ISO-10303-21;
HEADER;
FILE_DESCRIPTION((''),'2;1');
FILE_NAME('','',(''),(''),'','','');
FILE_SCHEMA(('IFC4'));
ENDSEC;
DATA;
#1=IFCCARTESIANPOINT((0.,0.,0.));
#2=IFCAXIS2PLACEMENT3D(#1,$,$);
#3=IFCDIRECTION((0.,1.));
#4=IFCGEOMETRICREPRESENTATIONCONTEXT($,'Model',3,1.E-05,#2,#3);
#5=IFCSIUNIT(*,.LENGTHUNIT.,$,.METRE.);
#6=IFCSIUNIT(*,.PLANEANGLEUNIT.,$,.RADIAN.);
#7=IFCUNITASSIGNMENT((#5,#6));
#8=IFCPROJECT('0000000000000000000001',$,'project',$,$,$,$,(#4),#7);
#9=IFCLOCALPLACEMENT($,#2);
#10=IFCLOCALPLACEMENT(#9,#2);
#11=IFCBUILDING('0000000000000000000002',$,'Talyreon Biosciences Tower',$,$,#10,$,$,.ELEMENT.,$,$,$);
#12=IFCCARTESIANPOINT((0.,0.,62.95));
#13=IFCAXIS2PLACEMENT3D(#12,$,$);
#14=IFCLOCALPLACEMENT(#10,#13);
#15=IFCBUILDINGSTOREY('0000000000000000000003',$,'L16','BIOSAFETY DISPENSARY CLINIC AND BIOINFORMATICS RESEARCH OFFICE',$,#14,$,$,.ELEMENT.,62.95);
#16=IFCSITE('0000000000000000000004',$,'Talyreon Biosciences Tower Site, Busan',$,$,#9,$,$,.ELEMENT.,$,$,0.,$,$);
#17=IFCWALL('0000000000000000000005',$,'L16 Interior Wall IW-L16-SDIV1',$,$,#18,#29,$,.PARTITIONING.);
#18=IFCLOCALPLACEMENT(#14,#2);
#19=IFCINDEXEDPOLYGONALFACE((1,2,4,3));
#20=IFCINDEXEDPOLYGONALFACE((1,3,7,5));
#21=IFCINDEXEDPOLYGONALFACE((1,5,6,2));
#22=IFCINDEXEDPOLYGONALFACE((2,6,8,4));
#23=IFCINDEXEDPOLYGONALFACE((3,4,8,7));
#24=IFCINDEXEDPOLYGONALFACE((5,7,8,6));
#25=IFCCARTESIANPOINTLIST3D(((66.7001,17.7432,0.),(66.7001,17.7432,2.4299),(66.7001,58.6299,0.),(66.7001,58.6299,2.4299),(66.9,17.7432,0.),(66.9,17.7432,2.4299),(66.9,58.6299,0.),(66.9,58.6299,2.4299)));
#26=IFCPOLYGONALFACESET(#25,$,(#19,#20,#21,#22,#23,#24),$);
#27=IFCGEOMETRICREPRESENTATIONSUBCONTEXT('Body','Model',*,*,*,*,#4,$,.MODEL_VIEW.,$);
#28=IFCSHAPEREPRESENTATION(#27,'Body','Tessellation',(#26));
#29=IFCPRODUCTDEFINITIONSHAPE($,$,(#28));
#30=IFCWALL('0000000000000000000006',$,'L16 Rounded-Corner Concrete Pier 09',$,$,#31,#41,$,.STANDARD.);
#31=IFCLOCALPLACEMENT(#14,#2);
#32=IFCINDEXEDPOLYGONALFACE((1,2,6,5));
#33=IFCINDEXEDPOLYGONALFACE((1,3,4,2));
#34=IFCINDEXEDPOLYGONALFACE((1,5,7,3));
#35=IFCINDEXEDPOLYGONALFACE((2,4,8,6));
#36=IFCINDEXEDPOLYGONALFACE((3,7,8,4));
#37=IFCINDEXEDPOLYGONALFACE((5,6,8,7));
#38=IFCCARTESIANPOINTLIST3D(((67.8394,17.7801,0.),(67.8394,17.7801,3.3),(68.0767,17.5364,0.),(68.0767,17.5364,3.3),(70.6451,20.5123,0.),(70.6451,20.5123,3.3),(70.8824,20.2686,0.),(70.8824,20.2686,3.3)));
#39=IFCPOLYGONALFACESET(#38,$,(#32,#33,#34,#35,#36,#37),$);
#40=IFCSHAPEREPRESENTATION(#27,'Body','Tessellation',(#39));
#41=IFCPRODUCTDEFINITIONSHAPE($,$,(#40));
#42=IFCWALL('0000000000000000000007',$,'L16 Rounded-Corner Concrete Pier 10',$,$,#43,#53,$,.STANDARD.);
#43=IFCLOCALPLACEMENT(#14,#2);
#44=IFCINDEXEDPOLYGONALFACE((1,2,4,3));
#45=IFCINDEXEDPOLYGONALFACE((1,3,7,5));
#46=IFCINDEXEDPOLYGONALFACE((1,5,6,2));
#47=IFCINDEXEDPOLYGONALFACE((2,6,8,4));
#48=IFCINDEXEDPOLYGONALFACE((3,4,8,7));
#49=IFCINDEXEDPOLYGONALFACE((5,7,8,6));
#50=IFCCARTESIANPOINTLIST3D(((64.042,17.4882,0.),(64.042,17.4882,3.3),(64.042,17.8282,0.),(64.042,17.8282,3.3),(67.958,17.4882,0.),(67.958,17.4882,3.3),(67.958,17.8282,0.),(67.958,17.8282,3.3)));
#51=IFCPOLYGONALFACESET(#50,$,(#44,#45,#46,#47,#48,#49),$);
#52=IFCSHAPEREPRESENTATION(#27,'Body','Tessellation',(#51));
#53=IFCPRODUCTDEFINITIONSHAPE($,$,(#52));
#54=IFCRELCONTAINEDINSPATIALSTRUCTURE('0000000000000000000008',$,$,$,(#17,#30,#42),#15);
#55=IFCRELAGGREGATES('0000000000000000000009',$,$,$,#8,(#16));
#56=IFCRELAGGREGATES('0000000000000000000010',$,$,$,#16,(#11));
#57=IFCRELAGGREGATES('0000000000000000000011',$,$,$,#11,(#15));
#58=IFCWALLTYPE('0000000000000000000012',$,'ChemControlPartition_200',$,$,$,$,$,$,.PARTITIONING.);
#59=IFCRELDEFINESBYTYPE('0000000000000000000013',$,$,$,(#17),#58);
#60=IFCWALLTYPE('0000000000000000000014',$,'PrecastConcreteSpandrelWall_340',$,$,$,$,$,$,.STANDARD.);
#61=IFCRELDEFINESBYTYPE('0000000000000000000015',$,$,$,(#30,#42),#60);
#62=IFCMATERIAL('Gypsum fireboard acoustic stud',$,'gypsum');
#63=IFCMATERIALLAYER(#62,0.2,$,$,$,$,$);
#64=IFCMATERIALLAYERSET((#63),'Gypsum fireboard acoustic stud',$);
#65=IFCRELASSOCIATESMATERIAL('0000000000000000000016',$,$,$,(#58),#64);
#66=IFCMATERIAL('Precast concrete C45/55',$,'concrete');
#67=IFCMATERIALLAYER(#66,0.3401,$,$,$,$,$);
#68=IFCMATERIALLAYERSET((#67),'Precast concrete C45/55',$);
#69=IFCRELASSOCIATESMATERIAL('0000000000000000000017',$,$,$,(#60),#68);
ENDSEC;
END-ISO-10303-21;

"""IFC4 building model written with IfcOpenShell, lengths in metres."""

from ifc_helpers import new_model, si_unit, direction, frame, frame_2d, origin, place, context, subcontext, project, spatial, rectangle, extrude, material, layer, layer_set, type_object, element, save


model = new_model("IFC4")

# Units and contexts
model_context = context("Model", 3, precision=1e-05, world=origin(), true_north=direction((0.0, 1.0)))
body_context = subcontext(model_context, "Body", "Model", "MODEL_VIEW")
ifc_project = project(units=[si_unit("LENGTHUNIT", "METRE"), si_unit("PLANEANGLEUNIT", "RADIAN")], contexts=[model_context])

# Site, building, storey
site_placement = place(None, origin())
site = spatial("IfcSite", under=ifc_project, at=site_placement, Name="Talyreon Biosciences Tower Site, Busan", CompositionType="ELEMENT", RefElevation=0.0)
building_placement = place(site_placement, origin())
building = spatial("IfcBuilding", under=site, at=building_placement, Name="Talyreon Biosciences Tower", CompositionType="ELEMENT")
storey_placement = place(building_placement, frame((0.0, 0.0, 62.95)))
storey = spatial("IfcBuildingStorey", under=building, at=storey_placement, Name="L16", Description="BIOSAFETY DISPENSARY CLINIC AND BIOINFORMATICS RESEARCH OFFICE", CompositionType="ELEMENT", Elevation=62.95)

# Shared definitions
ifc_material_1 = material(Name="Precast concrete C45/55", Category="concrete")

# Walls
ifc_material_2 = material(Name="Gypsum fireboard acoustic stud", Category="gypsum")
ifc_layer_1 = layer(ifc_material_2, 0.2)
ifc_layer_set_1 = layer_set([ifc_layer_1], Name="Gypsum fireboard acoustic stud")
wall_type_1 = type_object("IfcWallType", Name="ChemControlPartition_200", PredefinedType="PARTITIONING", material=ifc_layer_set_1)
wall_1_placement = place(storey_placement, frame((66.8, 17.7432, 0.0), z_axis=(0.0, 0.0, 1.0), x_axis=(0.0, 1.0, 0.0)))
element("IfcWall", 1, at=wall_1_placement, inside=storey, type_object=wall_type_1, Name="L16 Interior Wall IW-L16-SDIV1", PredefinedType="PARTITIONING", context=body_context, shape_type="SweptSolid", body=[
    extrude(rectangle(XDim=40.8867, YDim=0.2, at=frame_2d((20.4434, 0.0))), origin(), (0.0, 0.0, 1.0), 2.4299),
])
ifc_layer_2 = layer(ifc_material_1, 0.3401)
ifc_layer_set_2 = layer_set([ifc_layer_2], Name="Precast concrete C45/55")
wall_type_2 = type_object("IfcWallType", Name="PrecastConcreteSpandrelWall_340", PredefinedType="STANDARD", material=ifc_layer_set_2)
wall_2_placement = place(storey_placement, frame((70.7637, 20.3904, 0.0), z_axis=(0.0, 0.0, 1.0), x_axis=(-0.716427, -0.697662, 0.0)))
element("IfcWall", 2, at=wall_2_placement, inside=storey, type_object=wall_type_2, Name="L16 Rounded-Corner Concrete Pier 09", PredefinedType="STANDARD", context=body_context, shape_type="SweptSolid", body=[
    extrude(rectangle(XDim=3.9163, YDim=0.3401, at=frame_2d((1.958, 0.0))), origin(), (0.0, 0.0, 1.0), 3.3),
])
wall_3_placement = place(storey_placement, frame((67.958, 17.6582, 0.0), z_axis=(0.0, 0.0, 1.0), x_axis=(-1.0, 0.0, 0.0)))
element("IfcWall", 3, at=wall_3_placement, inside=storey, type_object=wall_type_2, Name="L16 Rounded-Corner Concrete Pier 10", PredefinedType="STANDARD", context=body_context, shape_type="SweptSolid", body=[
    extrude(rectangle(XDim=3.916, YDim=0.3401, at=frame_2d((1.958, 0.0))), origin(), (0.0, 0.0, 1.0), 3.3),
])

save(model, "model.ifc")
